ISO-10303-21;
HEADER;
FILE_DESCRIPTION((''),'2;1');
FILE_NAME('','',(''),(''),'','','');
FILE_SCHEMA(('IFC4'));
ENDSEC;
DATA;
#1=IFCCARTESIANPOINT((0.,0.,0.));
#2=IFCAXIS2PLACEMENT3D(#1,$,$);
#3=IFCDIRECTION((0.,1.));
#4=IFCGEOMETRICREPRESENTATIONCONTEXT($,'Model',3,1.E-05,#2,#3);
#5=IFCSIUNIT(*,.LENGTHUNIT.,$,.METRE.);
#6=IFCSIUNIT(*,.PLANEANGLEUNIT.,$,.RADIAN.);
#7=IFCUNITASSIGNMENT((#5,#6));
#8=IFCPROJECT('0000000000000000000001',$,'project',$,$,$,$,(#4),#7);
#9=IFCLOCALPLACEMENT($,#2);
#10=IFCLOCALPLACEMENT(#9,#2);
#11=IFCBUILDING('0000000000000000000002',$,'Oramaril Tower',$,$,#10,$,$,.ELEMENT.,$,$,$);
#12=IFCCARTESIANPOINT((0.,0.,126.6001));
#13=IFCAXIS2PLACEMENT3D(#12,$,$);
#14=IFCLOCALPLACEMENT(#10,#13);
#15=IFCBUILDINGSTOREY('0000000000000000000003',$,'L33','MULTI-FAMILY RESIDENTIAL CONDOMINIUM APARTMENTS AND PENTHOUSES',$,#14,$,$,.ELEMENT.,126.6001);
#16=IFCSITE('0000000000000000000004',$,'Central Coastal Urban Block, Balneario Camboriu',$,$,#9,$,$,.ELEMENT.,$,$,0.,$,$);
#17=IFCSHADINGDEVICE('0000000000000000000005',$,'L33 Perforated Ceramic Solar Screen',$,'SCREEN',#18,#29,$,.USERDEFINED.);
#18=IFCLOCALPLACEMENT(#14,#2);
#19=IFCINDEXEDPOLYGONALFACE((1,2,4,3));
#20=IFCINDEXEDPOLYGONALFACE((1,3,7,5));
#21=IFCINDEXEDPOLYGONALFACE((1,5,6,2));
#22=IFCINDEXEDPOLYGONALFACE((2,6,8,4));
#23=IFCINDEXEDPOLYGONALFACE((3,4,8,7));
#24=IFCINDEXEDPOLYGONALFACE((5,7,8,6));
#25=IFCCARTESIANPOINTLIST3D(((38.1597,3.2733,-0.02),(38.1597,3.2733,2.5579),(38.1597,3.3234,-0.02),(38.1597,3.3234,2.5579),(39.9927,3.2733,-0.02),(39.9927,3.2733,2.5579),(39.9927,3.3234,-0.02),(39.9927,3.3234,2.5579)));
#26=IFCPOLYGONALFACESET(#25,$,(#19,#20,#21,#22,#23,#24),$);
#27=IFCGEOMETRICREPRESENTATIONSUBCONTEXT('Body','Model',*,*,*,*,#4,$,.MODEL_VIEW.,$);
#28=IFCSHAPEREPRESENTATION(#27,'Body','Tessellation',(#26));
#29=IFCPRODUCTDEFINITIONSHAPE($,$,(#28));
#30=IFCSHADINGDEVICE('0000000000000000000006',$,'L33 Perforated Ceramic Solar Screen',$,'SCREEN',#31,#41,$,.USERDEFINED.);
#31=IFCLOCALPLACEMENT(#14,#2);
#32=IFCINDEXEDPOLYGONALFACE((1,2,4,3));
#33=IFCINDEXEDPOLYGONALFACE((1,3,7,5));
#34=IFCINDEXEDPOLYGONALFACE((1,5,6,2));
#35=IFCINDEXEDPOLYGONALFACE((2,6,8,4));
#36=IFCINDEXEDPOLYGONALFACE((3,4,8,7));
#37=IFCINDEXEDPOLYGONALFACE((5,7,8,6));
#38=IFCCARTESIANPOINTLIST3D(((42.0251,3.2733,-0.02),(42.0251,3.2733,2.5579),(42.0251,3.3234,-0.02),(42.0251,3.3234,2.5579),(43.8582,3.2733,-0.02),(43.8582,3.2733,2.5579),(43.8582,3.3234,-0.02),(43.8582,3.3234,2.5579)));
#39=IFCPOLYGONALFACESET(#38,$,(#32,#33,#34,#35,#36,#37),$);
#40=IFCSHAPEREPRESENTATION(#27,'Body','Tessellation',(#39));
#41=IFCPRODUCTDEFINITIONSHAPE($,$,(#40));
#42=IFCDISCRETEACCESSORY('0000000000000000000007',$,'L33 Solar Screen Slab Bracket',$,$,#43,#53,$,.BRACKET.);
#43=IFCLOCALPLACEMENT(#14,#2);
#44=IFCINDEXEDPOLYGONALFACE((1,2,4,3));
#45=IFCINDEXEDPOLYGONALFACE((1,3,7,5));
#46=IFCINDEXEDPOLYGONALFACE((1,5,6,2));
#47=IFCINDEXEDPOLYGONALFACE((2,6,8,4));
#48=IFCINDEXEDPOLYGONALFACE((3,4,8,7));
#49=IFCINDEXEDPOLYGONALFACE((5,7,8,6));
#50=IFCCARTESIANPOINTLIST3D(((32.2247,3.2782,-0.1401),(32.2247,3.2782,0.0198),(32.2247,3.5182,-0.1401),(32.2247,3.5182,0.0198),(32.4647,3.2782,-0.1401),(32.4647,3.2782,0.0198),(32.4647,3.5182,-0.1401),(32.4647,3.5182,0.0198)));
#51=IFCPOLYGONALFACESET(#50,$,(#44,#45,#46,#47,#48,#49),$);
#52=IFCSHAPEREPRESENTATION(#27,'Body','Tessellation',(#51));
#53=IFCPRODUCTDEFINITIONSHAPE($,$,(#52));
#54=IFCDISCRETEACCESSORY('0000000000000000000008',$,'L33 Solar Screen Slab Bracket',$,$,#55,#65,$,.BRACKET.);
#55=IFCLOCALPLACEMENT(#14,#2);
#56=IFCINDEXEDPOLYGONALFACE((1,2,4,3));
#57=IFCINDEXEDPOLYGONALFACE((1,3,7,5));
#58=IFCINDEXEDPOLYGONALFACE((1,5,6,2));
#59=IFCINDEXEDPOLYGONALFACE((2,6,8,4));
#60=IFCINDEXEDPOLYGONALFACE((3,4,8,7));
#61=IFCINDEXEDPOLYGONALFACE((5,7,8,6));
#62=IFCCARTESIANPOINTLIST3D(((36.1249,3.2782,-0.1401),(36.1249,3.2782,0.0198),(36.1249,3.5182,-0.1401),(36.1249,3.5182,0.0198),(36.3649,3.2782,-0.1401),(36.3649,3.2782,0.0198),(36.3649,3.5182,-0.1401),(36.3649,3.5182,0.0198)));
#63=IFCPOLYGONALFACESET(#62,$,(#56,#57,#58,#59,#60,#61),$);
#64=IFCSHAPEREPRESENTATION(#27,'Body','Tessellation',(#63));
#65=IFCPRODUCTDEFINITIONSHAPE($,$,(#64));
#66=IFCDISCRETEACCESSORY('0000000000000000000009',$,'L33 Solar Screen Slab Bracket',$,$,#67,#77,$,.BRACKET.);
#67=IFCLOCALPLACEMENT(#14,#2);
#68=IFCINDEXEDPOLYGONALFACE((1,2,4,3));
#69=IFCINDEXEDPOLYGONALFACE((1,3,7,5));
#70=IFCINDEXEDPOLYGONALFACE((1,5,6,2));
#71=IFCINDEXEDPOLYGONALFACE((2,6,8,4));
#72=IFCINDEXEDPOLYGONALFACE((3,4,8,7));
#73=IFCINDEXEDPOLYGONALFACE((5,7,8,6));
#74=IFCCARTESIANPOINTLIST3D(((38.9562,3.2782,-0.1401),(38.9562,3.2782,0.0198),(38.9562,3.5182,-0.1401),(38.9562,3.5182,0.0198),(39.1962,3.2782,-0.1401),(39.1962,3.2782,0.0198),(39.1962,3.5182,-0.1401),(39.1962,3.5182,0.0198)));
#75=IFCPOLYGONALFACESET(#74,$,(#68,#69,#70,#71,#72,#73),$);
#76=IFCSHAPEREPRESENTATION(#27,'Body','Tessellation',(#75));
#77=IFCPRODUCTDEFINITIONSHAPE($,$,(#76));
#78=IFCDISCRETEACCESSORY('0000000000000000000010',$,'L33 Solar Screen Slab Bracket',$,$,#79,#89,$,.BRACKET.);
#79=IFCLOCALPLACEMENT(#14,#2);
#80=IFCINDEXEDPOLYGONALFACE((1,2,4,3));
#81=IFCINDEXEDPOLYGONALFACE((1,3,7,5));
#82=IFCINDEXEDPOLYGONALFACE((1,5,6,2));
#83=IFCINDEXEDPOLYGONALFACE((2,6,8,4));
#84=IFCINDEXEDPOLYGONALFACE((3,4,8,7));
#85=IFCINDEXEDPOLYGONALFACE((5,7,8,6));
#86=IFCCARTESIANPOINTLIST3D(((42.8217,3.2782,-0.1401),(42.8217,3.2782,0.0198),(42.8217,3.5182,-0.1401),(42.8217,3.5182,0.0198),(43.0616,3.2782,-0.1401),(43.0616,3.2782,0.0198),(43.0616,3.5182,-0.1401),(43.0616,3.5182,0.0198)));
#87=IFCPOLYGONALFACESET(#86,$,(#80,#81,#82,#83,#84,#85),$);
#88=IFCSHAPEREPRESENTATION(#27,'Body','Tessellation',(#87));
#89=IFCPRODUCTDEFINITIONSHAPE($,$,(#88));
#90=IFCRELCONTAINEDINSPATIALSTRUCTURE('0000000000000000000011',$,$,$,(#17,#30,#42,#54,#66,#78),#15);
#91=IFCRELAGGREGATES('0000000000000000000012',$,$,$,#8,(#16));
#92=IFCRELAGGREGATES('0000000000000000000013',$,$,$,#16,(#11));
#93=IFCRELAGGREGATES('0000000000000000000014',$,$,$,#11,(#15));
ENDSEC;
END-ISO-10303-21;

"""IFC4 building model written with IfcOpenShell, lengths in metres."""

from ifc_helpers import new_model, si_unit, direction, frame, origin, origin_2d, place, context, subcontext, project, spatial, rectangle, extrude, element, save


model = new_model("IFC4")

# Units and contexts
model_context = context("Model", 3, precision=1e-05, world=origin(), true_north=direction((0.0, 1.0)))
body_context = subcontext(model_context, "Body", "Model", "MODEL_VIEW")
ifc_project = project(units=[si_unit("LENGTHUNIT", "METRE"), si_unit("PLANEANGLEUNIT", "RADIAN")], contexts=[model_context])

# Site, building, storey
site_placement = place(None, origin())
site = spatial("IfcSite", under=ifc_project, at=site_placement, Name="Central Coastal Urban Block, Balneario Camboriu", CompositionType="ELEMENT", RefElevation=0.0)
building_placement = place(site_placement, origin())
building = spatial("IfcBuilding", under=site, at=building_placement, Name="Oramaril Tower", CompositionType="ELEMENT")
storey_placement = place(building_placement, frame((0.0, 0.0, 126.6001)))
storey = spatial("IfcBuildingStorey", under=building, at=storey_placement, Name="L33", Description="MULTI-FAMILY RESIDENTIAL CONDOMINIUM APARTMENTS AND PENTHOUSES", CompositionType="ELEMENT", Elevation=126.6001)

# Shading devices
for number, where, z_axis, x_axis, name in (
    (1, (39.0762, 3.2983, -0.02), (0.0, 0.0, 1.0), (1.0, 0.0, 0.0), "L33 Perforated Ceramic Solar Screen"),
    (2, (42.9417, 3.2983, -0.02), (0.0, 0.0, 1.0), (1.0, 0.0, 0.0), "L33 Perforated Ceramic Solar Screen"),
):
    element("IfcShadingDevice", number, at=place(storey_placement, frame(where, z_axis=z_axis, x_axis=x_axis)), inside=storey, Name=name, ObjectType="SCREEN", PredefinedType="USERDEFINED", context=body_context, shape_type="SweptSolid", body=[
        extrude(rectangle(XDim=1.833, YDim=0.05, at=origin_2d()), origin(), (0.0, 0.0, 1.0), 2.5779),
    ])

# Discrete accessories
for number, where, z_axis, x_axis, name in (
    (3, (32.3447, 3.3982, -0.1401), (0.0, 0.0, 1.0), (1.0, 0.0, 0.0), "L33 Solar Screen Slab Bracket"),
    (4, (36.2449, 3.3982, -0.1401), (0.0, 0.0, 1.0), (1.0, 0.0, 0.0), "L33 Solar Screen Slab Bracket"),
    (5, (39.0762, 3.3982, -0.1401), (0.0, 0.0, 1.0), (1.0, 0.0, 0.0), "L33 Solar Screen Slab Bracket"),
    (6, (42.9417, 3.3982, -0.1401), (0.0, 0.0, 1.0), (1.0, 0.0, 0.0), "L33 Solar Screen Slab Bracket"),
):
    element("IfcDiscreteAccessory", number, at=place(storey_placement, frame(where, z_axis=z_axis, x_axis=x_axis)), inside=storey, Name=name, PredefinedType="BRACKET", context=body_context, shape_type="SweptSolid", body=[
        extrude(rectangle(XDim=0.24, YDim=0.24, at=origin_2d()), origin(), (0.0, 0.0, 1.0), 0.1599),
    ])

save(model, "model.ifc")
